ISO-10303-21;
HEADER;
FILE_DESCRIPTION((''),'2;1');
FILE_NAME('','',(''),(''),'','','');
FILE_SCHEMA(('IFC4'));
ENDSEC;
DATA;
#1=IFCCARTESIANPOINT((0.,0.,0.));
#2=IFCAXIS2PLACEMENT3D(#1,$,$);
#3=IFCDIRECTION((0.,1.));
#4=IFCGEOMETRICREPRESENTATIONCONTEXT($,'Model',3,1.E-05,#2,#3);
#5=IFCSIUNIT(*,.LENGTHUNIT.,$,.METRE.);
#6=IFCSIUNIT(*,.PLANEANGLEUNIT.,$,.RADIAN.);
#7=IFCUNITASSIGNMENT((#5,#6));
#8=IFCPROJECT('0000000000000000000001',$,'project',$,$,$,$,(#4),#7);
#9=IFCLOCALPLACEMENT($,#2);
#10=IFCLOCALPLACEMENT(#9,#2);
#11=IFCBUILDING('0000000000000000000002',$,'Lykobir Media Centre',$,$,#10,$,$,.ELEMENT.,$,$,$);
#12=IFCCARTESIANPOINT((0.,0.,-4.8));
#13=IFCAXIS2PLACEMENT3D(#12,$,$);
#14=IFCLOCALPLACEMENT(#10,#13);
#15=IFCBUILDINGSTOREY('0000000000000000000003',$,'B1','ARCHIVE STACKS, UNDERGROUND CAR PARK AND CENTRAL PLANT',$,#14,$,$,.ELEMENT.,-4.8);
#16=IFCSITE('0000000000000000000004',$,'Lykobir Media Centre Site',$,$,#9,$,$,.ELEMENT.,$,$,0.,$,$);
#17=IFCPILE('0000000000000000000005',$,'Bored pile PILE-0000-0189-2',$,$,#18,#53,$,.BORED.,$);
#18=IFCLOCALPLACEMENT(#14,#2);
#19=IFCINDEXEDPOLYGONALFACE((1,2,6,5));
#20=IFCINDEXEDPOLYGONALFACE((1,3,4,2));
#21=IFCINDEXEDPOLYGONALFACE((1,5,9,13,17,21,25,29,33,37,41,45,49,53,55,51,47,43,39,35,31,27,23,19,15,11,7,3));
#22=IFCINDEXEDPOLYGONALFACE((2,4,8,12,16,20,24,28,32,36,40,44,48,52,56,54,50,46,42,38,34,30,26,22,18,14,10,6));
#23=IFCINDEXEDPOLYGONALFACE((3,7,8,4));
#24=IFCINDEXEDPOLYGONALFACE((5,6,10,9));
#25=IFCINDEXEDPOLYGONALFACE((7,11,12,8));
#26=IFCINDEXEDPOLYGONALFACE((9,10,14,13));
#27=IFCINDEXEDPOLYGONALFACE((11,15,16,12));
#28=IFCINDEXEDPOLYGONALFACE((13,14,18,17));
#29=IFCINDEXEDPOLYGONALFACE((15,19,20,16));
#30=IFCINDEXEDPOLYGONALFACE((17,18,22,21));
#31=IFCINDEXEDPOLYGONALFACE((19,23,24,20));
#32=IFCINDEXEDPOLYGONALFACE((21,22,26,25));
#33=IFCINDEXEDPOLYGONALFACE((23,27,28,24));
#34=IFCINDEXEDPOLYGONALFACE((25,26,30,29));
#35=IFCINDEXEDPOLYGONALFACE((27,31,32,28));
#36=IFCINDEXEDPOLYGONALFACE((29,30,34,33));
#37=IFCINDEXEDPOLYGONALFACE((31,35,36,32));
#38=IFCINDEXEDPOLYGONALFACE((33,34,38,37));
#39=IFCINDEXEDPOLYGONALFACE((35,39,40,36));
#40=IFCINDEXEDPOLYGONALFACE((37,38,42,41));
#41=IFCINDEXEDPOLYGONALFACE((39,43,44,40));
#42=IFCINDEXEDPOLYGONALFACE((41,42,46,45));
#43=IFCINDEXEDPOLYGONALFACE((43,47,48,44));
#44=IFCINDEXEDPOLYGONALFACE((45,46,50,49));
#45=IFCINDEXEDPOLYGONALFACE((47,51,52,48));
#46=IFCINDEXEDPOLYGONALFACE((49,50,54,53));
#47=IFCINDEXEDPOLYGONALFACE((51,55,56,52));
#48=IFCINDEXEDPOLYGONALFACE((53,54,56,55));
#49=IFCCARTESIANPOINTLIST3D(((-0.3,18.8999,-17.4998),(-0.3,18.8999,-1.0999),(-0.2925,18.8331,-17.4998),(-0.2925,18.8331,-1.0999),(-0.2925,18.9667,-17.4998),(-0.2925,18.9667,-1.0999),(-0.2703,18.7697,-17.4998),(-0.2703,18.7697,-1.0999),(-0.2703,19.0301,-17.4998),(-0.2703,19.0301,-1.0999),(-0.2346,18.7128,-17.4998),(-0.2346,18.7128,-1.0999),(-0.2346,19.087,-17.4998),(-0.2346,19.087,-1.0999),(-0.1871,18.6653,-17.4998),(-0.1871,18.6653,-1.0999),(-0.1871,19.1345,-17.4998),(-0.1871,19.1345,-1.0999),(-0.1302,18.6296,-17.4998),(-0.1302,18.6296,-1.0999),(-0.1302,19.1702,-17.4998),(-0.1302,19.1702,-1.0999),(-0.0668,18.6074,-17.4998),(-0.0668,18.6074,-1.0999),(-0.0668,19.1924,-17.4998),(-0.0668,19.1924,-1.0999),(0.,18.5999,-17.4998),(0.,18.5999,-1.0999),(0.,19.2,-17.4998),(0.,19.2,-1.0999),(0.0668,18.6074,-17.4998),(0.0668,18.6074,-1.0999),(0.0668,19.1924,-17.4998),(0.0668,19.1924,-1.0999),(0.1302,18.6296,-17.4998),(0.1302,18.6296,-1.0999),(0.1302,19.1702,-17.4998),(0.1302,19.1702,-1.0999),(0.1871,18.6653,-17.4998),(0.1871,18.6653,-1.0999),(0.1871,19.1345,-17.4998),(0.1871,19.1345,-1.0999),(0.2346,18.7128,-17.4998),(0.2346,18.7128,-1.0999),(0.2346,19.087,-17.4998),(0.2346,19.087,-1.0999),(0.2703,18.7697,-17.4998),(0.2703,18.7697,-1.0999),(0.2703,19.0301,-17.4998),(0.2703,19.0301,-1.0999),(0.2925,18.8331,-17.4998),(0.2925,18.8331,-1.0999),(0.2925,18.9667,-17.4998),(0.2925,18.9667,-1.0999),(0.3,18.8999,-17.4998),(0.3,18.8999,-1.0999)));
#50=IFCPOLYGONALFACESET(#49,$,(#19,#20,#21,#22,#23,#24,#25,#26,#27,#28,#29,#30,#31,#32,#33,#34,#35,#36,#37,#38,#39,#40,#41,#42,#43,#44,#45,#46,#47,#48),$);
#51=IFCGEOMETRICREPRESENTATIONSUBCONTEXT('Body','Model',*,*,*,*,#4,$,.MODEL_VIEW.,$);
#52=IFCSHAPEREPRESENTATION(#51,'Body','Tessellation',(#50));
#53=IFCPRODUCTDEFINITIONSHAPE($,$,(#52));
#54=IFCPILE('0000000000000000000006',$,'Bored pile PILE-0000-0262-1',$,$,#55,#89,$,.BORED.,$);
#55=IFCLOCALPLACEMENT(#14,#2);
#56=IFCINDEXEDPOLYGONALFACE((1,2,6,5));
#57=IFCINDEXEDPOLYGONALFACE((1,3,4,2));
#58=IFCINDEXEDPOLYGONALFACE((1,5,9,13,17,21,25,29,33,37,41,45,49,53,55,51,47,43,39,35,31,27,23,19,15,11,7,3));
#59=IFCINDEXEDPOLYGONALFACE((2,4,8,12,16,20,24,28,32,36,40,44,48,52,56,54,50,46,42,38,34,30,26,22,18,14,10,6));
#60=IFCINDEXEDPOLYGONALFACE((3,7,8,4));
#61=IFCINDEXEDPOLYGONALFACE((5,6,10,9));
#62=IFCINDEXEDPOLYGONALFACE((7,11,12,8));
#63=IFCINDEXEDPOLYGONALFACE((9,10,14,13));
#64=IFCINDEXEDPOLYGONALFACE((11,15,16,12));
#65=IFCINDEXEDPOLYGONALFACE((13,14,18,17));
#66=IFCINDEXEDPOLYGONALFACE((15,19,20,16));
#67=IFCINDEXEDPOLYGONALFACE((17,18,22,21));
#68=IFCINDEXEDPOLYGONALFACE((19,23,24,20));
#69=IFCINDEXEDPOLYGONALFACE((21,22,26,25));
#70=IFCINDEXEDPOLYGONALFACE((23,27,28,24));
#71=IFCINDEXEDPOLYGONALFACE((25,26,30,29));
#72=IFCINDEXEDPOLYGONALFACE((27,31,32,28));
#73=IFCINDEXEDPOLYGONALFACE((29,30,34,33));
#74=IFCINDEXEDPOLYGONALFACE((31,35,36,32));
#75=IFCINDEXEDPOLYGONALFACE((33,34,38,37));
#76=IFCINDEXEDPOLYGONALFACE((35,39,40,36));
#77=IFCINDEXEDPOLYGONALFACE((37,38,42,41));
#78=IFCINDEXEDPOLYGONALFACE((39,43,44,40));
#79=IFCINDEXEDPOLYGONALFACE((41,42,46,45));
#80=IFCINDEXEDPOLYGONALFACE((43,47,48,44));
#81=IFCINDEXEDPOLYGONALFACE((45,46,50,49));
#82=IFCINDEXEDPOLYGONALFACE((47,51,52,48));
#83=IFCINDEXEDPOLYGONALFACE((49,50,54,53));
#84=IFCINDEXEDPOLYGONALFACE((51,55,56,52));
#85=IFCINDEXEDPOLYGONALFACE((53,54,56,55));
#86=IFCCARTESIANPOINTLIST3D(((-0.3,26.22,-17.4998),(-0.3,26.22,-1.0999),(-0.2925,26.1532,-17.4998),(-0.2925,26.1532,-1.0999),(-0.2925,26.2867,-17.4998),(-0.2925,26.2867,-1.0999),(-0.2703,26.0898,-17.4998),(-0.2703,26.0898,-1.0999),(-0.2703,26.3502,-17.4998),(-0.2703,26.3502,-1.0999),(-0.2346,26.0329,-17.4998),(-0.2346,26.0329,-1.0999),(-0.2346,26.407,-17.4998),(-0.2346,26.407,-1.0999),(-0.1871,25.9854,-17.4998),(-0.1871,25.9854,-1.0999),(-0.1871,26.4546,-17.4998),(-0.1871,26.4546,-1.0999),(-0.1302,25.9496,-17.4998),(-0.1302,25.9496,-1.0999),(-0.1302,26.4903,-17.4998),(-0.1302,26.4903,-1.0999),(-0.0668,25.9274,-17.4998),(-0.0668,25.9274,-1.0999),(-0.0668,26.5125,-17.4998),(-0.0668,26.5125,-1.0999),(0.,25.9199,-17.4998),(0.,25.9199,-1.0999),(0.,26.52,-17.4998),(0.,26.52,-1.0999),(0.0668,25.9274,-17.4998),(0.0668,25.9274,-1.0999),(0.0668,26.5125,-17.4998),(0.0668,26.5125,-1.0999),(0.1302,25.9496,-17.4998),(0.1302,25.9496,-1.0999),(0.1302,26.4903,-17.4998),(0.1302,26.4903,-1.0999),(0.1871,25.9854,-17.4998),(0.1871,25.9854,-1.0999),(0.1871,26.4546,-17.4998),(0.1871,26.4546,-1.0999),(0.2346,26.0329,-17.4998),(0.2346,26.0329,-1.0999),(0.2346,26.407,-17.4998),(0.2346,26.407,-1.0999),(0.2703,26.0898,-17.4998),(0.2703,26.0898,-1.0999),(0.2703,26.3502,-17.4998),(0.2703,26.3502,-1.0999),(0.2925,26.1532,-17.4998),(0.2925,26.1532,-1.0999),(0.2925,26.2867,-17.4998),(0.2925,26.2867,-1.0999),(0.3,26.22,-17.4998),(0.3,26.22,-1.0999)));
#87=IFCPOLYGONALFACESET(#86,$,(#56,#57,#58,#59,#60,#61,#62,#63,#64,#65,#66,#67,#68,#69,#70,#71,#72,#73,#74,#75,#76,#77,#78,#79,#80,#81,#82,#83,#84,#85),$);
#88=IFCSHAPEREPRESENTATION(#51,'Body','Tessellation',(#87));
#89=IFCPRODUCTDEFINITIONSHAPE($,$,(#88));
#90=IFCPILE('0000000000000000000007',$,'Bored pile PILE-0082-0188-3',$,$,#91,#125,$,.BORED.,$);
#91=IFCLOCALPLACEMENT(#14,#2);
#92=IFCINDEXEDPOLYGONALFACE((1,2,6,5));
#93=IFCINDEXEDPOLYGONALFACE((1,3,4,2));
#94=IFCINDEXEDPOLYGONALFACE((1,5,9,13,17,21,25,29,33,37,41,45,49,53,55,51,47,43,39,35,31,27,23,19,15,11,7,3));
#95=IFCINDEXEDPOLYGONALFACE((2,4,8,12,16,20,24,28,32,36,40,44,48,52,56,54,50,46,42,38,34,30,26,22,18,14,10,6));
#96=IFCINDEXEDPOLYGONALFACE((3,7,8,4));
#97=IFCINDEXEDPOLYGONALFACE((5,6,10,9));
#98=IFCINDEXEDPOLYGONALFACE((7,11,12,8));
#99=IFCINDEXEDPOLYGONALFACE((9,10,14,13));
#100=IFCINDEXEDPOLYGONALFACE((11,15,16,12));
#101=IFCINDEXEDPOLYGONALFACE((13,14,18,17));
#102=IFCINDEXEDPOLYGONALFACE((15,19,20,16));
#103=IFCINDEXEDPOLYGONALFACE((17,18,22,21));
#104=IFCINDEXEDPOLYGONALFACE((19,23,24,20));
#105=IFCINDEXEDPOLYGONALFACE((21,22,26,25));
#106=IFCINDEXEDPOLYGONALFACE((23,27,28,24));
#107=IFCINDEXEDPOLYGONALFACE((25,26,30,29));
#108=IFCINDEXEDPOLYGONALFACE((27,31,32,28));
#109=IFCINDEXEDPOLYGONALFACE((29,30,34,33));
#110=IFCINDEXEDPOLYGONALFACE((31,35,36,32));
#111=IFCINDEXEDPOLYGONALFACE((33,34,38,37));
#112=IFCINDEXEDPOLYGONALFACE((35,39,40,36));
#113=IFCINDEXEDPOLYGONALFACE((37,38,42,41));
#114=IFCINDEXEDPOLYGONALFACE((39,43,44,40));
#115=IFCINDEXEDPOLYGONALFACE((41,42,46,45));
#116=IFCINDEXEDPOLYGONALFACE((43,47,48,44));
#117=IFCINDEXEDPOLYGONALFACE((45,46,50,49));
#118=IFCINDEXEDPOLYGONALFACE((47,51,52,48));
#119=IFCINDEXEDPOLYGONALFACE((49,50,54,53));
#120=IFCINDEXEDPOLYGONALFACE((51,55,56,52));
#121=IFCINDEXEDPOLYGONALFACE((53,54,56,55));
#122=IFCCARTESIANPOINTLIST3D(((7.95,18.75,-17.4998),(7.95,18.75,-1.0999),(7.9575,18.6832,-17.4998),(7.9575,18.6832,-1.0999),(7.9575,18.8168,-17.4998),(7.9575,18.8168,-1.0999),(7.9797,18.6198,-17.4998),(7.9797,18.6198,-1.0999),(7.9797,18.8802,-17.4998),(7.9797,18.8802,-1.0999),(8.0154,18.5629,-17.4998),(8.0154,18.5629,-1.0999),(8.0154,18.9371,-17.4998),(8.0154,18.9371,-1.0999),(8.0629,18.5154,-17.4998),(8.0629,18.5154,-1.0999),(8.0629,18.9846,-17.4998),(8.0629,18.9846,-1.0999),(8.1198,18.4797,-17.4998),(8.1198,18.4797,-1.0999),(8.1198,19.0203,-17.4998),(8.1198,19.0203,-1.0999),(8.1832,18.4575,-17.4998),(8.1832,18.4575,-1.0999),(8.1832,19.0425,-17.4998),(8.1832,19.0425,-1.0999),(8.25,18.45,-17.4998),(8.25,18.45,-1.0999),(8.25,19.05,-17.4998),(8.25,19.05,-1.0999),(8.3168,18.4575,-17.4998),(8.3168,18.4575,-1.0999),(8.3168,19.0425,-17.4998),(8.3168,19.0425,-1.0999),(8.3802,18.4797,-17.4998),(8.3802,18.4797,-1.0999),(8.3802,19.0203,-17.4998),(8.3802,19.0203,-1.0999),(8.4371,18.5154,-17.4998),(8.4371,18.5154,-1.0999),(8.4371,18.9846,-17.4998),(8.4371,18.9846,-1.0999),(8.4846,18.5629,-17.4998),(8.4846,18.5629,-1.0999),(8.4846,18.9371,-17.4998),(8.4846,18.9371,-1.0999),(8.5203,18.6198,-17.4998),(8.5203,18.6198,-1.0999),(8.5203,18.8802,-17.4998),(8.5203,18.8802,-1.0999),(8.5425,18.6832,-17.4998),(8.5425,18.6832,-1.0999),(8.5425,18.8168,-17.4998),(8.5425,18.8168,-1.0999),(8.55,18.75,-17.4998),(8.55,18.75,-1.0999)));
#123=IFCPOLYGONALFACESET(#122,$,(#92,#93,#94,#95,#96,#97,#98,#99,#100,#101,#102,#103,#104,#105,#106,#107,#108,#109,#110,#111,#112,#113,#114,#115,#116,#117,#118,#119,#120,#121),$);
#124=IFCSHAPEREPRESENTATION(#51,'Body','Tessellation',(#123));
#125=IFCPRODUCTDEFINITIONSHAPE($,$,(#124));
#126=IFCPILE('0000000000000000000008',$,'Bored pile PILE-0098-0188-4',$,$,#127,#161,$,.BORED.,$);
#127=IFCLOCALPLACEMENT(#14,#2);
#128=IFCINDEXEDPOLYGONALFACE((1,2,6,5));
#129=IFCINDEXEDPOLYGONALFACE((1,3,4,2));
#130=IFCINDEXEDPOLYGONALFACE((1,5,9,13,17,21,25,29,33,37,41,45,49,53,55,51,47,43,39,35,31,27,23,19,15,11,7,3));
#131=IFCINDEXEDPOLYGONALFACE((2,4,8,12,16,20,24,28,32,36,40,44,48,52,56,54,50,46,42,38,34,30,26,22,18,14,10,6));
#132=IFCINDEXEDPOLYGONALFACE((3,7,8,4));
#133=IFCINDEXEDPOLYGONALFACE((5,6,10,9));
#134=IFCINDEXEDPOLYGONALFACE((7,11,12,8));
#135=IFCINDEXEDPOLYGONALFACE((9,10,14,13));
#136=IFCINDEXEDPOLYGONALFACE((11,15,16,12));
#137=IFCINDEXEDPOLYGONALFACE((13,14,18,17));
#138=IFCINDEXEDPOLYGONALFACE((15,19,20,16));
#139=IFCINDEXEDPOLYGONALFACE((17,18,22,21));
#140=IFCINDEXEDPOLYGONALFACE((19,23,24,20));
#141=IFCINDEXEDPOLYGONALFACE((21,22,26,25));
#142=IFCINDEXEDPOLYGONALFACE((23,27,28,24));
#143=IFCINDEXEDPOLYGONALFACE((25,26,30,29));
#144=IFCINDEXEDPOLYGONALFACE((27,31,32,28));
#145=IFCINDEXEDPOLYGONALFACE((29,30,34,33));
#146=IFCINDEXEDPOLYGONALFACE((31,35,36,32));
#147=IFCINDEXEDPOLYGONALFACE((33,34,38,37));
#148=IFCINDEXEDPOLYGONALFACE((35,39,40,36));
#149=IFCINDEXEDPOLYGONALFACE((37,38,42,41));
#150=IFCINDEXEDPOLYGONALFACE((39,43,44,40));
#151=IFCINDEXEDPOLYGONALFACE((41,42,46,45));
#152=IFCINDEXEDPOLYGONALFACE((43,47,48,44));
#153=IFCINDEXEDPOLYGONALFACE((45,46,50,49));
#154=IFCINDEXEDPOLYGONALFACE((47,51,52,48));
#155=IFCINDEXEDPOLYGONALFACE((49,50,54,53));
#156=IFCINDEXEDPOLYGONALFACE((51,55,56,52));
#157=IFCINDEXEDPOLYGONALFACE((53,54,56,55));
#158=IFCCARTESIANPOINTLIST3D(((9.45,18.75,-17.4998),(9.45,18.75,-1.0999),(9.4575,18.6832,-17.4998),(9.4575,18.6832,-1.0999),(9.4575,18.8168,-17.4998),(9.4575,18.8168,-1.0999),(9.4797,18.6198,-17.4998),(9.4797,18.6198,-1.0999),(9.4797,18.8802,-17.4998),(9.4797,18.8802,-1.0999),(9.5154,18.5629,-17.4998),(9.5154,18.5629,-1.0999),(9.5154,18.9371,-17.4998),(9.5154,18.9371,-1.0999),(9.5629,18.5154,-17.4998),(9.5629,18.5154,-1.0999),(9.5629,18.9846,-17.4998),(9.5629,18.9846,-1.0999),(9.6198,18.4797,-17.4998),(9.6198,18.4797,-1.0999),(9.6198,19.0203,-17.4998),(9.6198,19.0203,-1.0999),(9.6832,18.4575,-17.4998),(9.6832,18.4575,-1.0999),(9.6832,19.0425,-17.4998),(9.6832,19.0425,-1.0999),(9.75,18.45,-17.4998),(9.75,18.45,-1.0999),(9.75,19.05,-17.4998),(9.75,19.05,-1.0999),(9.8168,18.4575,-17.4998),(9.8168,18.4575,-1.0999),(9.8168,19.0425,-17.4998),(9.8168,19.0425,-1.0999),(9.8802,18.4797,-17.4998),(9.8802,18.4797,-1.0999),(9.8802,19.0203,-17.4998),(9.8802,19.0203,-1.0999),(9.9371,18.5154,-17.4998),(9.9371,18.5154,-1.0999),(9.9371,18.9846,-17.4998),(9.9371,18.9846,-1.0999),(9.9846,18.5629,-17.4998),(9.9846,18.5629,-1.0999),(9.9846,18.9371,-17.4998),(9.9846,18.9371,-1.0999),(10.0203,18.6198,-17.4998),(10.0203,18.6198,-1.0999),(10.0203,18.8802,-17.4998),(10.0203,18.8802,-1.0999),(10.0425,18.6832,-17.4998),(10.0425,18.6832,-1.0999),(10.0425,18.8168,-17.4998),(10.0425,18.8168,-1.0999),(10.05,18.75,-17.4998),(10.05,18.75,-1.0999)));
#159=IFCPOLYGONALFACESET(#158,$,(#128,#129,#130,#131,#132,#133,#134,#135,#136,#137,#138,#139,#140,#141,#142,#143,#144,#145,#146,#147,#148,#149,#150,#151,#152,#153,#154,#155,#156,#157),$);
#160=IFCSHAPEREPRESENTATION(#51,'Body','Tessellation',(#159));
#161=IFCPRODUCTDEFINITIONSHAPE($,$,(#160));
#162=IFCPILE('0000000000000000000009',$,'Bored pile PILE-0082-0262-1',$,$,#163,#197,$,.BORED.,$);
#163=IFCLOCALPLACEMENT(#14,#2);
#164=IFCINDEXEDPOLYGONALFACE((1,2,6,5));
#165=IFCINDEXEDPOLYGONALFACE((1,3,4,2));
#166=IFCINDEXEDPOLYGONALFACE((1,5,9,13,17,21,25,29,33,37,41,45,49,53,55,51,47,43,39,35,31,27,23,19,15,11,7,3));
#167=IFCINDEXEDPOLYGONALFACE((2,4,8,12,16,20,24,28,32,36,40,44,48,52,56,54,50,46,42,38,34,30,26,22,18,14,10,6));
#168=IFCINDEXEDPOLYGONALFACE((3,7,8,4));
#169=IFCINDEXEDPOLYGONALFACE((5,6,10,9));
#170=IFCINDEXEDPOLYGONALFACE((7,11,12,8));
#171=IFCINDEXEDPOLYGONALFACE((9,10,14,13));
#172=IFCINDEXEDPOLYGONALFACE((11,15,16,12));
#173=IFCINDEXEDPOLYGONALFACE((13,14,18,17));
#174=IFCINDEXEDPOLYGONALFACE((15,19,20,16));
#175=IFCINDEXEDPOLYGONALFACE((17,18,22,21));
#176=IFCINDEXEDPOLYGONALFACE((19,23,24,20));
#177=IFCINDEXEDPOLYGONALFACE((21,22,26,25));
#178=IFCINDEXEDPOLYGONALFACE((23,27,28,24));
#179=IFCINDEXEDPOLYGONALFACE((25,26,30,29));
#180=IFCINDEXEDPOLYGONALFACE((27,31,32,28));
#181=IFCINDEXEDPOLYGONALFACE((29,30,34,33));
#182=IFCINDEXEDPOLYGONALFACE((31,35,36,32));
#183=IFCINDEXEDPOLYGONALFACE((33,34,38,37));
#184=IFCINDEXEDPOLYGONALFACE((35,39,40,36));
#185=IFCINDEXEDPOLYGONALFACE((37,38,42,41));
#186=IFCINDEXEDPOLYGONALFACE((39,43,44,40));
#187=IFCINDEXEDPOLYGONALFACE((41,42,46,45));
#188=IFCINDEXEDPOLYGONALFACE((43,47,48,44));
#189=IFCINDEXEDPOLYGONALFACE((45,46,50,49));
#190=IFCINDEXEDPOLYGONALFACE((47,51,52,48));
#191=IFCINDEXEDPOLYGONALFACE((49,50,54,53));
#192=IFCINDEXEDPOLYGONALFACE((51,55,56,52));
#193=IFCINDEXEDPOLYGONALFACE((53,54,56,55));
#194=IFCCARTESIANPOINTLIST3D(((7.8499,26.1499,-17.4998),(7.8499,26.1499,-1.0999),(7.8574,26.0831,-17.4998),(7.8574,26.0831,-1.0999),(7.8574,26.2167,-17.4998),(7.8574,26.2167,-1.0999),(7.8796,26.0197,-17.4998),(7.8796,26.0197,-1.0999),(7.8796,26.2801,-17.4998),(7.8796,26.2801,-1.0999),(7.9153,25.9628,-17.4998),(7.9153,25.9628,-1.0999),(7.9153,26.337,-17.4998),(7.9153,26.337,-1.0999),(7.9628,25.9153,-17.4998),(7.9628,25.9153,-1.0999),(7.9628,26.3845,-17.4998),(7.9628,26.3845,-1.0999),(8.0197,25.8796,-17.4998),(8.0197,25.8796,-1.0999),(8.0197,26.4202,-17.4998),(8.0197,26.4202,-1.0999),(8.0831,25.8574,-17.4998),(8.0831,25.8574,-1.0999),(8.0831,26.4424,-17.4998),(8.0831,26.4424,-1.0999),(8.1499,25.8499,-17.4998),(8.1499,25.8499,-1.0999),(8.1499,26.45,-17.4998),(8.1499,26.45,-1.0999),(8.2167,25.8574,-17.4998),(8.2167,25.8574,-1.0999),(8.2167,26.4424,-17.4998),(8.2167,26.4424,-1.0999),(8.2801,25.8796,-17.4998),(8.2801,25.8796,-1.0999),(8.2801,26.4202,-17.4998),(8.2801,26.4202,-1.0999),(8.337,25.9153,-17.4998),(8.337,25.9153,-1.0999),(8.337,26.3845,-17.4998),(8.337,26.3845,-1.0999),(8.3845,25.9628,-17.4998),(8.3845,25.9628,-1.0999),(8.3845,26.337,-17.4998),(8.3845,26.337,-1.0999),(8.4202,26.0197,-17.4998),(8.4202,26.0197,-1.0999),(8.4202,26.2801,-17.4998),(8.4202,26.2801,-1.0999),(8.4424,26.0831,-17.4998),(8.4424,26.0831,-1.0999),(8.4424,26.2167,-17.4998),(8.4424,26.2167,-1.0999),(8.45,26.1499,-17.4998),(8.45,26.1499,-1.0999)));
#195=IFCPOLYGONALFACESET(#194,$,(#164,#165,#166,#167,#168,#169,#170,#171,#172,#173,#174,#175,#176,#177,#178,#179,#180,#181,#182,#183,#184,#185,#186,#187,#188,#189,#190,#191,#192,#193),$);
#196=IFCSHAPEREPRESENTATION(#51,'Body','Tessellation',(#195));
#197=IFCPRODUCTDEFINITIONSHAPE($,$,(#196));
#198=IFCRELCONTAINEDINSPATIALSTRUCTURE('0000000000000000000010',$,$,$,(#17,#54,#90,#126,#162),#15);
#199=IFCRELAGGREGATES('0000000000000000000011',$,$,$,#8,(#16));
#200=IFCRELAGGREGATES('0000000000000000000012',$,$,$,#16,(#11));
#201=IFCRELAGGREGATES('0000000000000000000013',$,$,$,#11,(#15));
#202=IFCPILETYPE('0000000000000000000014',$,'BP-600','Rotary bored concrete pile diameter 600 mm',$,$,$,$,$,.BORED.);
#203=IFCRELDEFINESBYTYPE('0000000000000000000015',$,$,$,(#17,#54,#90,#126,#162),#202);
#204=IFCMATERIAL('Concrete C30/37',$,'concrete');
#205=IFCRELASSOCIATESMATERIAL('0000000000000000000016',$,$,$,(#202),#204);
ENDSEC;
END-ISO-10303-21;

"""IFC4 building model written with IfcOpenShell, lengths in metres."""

from ifc_helpers import new_model, si_unit, direction, frame, origin, origin_2d, place, context, subcontext, project, spatial, circle, extrude, material, material_profile, profile_set, type_object, element, save


model = new_model("IFC4")

# Units and contexts
model_context = context("Model", 3, precision=1e-05, world=origin(), true_north=direction((0.0, 1.0)))
body_context = subcontext(model_context, "Body", "Model", "MODEL_VIEW")
ifc_project = project(units=[si_unit("LENGTHUNIT", "METRE"), si_unit("PLANEANGLEUNIT", "RADIAN")], contexts=[model_context])

# Site, building, storey
site_placement = place(None, origin())
site = spatial("IfcSite", under=ifc_project, at=site_placement, Name="Lykobir Media Centre Site", CompositionType="ELEMENT", RefElevation=0.0)
building_placement = place(site_placement, origin())
building = spatial("IfcBuilding", under=site, at=building_placement, Name="Lykobir Media Centre", CompositionType="ELEMENT")
storey_placement = place(building_placement, frame((0.0, 0.0, -4.8)))
storey = spatial("IfcBuildingStorey", under=building, at=storey_placement, Name="B1", Description="ARCHIVE STACKS, UNDERGROUND CAR PARK AND CENTRAL PLANT", CompositionType="ELEMENT", Elevation=-4.8)

# Piles
ifc_material_1 = material(Name="Concrete C30/37", Category="concrete")
ifc_material_profile_1 = material_profile(ifc_material_1, circle(Radius=0.3, at=origin_2d()), Name="BORED PILE D600")
ifc_profile_set_1 = profile_set([ifc_material_profile_1], Name="Concrete C30/37")
pile_type = type_object("IfcPileType", Name="BP-600", Description="Rotary bored concrete pile diameter 600 mm", PredefinedType="BORED", material=ifc_profile_set_1)
for number, where, z_axis, x_axis, name in (
    (1, (0.0, 18.8999, -1.0999), (0.0, 0.0, -1.0), (1.0, 0.0, 0.0), "Bored pile PILE-0000-0189-2"),
    (2, (0.0, 26.22, -1.0999), (0.0, 0.0, -1.0), (1.0, 0.0, 0.0), "Bored pile PILE-0000-0262-1"),
    (3, (8.25, 18.75, -1.0999), (0.0, 0.0, -1.0), (1.0, 0.0, 0.0), "Bored pile PILE-0082-0188-3"),
    (4, (9.75, 18.75, -1.0999), (0.0, 0.0, -1.0), (1.0, 0.0, 0.0), "Bored pile PILE-0098-0188-4"),
    (5, (8.1499, 26.1499, -1.0999), (0.0, 0.0, -1.0), (1.0, 0.0, 0.0), "Bored pile PILE-0082-0262-1"),
):
    element("IfcPile", number, at=place(storey_placement, frame(where, z_axis=z_axis, x_axis=x_axis)), inside=storey, type_object=pile_type, Name=name, PredefinedType="BORED", context=body_context, shape_type="SweptSolid", body=[
        extrude(circle(Radius=0.3, at=origin_2d()), origin(), (0.0, 0.0, 1.0), 16.3999),
    ])

save(model, "model.ifc")
